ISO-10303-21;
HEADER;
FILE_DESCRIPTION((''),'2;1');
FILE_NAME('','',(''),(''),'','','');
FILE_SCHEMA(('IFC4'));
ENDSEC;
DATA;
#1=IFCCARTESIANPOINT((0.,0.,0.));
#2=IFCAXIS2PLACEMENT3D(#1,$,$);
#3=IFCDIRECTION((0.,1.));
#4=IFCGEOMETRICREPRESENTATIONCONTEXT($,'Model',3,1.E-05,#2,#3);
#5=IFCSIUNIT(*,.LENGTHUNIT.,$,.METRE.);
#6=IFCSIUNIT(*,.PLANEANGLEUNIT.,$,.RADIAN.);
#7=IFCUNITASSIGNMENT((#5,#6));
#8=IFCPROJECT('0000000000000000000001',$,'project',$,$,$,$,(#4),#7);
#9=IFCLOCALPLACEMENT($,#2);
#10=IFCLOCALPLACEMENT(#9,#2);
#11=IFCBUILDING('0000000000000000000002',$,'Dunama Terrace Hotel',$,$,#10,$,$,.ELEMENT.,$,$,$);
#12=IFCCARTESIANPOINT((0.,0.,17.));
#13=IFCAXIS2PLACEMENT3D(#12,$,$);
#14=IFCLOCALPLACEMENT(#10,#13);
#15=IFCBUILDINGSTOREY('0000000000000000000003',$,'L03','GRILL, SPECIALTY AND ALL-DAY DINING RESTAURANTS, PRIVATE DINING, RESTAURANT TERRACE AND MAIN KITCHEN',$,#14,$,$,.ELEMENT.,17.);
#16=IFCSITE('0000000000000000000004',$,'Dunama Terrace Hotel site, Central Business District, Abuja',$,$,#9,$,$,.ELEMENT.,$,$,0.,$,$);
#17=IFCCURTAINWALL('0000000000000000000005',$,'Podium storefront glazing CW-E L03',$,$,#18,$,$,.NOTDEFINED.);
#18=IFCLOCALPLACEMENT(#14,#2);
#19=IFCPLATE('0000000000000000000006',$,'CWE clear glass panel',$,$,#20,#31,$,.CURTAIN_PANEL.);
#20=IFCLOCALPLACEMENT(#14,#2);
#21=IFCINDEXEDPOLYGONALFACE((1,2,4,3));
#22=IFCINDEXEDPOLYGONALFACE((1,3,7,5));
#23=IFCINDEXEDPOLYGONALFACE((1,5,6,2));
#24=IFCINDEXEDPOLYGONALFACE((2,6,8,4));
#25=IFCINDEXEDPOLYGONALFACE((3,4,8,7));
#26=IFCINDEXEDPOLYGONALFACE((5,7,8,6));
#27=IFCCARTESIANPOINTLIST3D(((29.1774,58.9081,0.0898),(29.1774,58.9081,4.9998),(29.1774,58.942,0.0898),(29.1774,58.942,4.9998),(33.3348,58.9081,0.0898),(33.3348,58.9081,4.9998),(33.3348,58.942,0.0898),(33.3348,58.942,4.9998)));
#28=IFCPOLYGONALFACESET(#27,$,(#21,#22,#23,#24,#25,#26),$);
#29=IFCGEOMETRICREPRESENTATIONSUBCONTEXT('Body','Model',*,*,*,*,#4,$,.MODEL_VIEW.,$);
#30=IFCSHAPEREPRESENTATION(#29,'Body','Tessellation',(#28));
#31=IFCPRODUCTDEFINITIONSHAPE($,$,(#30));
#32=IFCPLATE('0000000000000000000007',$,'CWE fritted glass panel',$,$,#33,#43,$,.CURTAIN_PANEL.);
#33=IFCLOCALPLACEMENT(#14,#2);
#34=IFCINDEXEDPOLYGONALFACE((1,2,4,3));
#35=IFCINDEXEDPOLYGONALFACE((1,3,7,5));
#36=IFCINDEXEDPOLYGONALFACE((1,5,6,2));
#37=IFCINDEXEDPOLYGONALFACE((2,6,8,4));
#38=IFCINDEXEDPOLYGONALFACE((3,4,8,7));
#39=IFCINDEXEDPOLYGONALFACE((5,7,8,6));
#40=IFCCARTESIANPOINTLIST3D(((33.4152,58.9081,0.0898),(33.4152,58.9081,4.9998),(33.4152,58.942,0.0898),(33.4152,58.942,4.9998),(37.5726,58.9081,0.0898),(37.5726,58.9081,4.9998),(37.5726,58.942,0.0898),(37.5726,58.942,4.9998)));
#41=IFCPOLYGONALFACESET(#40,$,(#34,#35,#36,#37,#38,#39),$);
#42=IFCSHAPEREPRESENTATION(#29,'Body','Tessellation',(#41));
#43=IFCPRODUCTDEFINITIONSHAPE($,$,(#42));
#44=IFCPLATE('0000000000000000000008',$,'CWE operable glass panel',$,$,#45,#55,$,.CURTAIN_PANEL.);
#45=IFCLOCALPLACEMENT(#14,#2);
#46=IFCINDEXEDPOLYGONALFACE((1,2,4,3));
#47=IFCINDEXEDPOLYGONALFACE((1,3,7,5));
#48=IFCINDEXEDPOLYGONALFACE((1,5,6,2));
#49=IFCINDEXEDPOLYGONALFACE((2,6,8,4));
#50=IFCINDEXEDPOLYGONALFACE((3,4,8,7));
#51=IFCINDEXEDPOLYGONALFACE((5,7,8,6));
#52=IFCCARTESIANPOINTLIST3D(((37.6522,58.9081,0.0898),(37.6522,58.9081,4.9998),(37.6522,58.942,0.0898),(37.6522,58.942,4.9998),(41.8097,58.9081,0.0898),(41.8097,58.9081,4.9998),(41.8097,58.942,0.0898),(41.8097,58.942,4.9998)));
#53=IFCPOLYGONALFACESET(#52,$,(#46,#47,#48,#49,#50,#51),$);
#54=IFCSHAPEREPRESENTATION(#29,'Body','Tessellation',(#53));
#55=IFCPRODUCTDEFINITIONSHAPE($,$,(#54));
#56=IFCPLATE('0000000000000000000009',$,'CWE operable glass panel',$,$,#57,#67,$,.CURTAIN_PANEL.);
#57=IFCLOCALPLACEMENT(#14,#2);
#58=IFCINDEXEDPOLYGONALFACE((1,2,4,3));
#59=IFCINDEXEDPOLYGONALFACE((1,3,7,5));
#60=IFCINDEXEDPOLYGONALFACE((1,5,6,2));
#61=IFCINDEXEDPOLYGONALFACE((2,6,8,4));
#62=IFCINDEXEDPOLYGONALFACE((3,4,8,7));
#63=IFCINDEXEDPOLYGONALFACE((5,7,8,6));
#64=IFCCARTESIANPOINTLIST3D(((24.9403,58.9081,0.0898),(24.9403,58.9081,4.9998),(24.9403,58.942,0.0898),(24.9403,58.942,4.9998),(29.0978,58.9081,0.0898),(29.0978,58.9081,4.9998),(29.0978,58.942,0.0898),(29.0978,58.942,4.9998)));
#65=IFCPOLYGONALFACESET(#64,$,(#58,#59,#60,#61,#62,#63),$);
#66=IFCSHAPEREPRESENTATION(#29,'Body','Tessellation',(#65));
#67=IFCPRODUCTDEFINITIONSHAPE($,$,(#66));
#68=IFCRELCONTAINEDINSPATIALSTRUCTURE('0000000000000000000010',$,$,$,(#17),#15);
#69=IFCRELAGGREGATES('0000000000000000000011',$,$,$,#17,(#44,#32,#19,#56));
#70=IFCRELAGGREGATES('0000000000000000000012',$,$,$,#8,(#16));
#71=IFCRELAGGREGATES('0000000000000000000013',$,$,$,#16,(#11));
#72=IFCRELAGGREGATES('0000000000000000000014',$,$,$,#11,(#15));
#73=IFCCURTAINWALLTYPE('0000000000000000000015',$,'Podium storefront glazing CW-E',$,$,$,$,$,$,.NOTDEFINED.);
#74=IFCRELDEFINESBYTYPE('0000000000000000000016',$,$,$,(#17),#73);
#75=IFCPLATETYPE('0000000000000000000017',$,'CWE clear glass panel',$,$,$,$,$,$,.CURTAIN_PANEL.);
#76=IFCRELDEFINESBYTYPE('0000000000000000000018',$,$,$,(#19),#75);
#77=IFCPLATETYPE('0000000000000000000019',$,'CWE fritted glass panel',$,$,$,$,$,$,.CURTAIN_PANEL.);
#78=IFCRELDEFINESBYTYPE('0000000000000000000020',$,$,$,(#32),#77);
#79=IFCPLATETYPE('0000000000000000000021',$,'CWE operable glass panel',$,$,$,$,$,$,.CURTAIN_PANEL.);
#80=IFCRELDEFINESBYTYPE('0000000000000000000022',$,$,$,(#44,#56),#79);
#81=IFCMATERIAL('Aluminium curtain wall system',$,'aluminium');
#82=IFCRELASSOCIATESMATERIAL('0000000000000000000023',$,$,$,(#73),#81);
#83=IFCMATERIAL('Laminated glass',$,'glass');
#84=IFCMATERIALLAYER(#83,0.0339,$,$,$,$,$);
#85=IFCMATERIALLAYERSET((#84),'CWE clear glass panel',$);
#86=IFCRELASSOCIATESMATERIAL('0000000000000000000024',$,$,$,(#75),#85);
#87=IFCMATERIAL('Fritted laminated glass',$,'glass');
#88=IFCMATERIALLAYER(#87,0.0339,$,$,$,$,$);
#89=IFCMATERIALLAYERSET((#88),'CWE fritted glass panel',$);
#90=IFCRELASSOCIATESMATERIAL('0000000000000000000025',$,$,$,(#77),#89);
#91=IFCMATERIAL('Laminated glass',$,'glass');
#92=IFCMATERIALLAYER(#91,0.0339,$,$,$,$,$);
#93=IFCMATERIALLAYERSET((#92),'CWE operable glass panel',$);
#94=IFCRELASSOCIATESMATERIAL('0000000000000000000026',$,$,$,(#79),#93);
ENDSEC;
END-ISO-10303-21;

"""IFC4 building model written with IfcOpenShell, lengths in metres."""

from ifc_helpers import new_model, si_unit, direction, frame, origin, origin_2d, place, context, subcontext, project, spatial, rectangle, extrude, material, layer, layer_set, type_object, element, aggregate, save


model = new_model("IFC4")

# Units and contexts
model_context = context("Model", 3, precision=1e-05, world=origin(), true_north=direction((0.0, 1.0)))
body_context = subcontext(model_context, "Body", "Model", "MODEL_VIEW")
ifc_project = project(units=[si_unit("LENGTHUNIT", "METRE"), si_unit("PLANEANGLEUNIT", "RADIAN")], contexts=[model_context])

# Site, building, storey
site_placement = place(None, origin())
site = spatial("IfcSite", under=ifc_project, at=site_placement, Name="Dunama Terrace Hotel site, Central Business District, Abuja", CompositionType="ELEMENT", RefElevation=0.0)
building_placement = place(site_placement, origin())
building = spatial("IfcBuilding", under=site, at=building_placement, Name="Dunama Terrace Hotel", CompositionType="ELEMENT")
storey_placement = place(building_placement, frame((0.0, 0.0, 17.0)))
storey = spatial("IfcBuildingStorey", under=building, at=storey_placement, Name="L03", Description="GRILL, SPECIALTY AND ALL-DAY DINING RESTAURANTS, PRIVATE DINING, RESTAURANT TERRACE AND MAIN KITCHEN", CompositionType="ELEMENT", Elevation=17.0)

# Curtain wall, plates
ifc_material_1 = material(Name="Aluminium curtain wall system", Category="aluminium")
curtain_wall_type = type_object("IfcCurtainWallType", Name="Podium storefront glazing CW-E", PredefinedType="NOTDEFINED", material=ifc_material_1)
curtain_wall_placement = place(storey_placement, origin())
curtain_wall = element("IfcCurtainWall", 1, at=curtain_wall_placement, inside=storey, type_object=curtain_wall_type, Name="Podium storefront glazing CW-E L03", PredefinedType="NOTDEFINED")
ifc_material_2 = material(Name="Laminated glass", Category="glass")
ifc_layer_1 = layer(ifc_material_2, 0.0339)
ifc_layer_set_1 = layer_set([ifc_layer_1], Name="CWE clear glass panel")
plate_type_1 = type_object("IfcPlateType", Name="CWE clear glass panel", PredefinedType="CURTAIN_PANEL", material=ifc_layer_set_1)
plate_1_placement = place(storey_placement, frame((31.2561, 58.925, 0.0898), z_axis=(0.0, 0.0, 1.0), x_axis=(-1.0, 0.0, 0.0)))
plate_1 = element("IfcPlate", 2, at=plate_1_placement, type_object=plate_type_1, Name="CWE clear glass panel", PredefinedType="CURTAIN_PANEL", context=body_context, shape_type="SweptSolid", body=[
    extrude(rectangle(XDim=4.1575, YDim=0.0339, at=origin_2d()), origin(), (0.0, 0.0, 1.0), 4.9099),
])
ifc_material_3 = material(Name="Fritted laminated glass", Category="glass")
ifc_layer_2 = layer(ifc_material_3, 0.0339)
ifc_layer_set_2 = layer_set([ifc_layer_2], Name="CWE fritted glass panel")
plate_type_2 = type_object("IfcPlateType", Name="CWE fritted glass panel", PredefinedType="CURTAIN_PANEL", material=ifc_layer_set_2)
plate_2_placement = place(storey_placement, frame((35.4939, 58.925, 0.0898), z_axis=(0.0, 0.0, 1.0), x_axis=(-1.0, 0.0, 0.0)))
plate_2 = element("IfcPlate", 3, at=plate_2_placement, type_object=plate_type_2, Name="CWE fritted glass panel", PredefinedType="CURTAIN_PANEL", context=body_context, shape_type="SweptSolid", body=[
    extrude(rectangle(XDim=4.1575, YDim=0.0339, at=origin_2d()), origin(), (0.0, 0.0, 1.0), 4.9099),
])
ifc_material_4 = material(Name="Laminated glass", Category="glass")
ifc_layer_3 = layer(ifc_material_4, 0.0339)
ifc_layer_set_3 = layer_set([ifc_layer_3], Name="CWE operable glass panel")
plate_type_3 = type_object("IfcPlateType", Name="CWE operable glass panel", PredefinedType="CURTAIN_PANEL", material=ifc_layer_set_3)
plate_3_placement = place(storey_placement, frame((39.731, 58.925, 0.0898), z_axis=(0.0, 0.0, 1.0), x_axis=(-1.0, 0.0, 0.0)))
plate_3 = element("IfcPlate", 4, at=plate_3_placement, type_object=plate_type_3, Name="CWE operable glass panel", PredefinedType="CURTAIN_PANEL", context=body_context, shape_type="SweptSolid", body=[
    extrude(rectangle(XDim=4.1575, YDim=0.0339, at=origin_2d()), origin(), (0.0, 0.0, 1.0), 4.9099),
])
plate_4_placement = place(storey_placement, frame((27.019, 58.925, 0.0898), z_axis=(0.0, 0.0, 1.0), x_axis=(-1.0, 0.0, 0.0)))
plate_4 = element("IfcPlate", 5, at=plate_4_placement, type_object=plate_type_3, Name="CWE operable glass panel", PredefinedType="CURTAIN_PANEL", context=body_context, shape_type="SweptSolid", body=[
    extrude(rectangle(XDim=4.1575, YDim=0.0339, at=origin_2d()), origin(), (0.0, 0.0, 1.0), 4.9099),
])
aggregate(curtain_wall, [plate_3, plate_2, plate_1, plate_4])

save(model, "model.ifc")
